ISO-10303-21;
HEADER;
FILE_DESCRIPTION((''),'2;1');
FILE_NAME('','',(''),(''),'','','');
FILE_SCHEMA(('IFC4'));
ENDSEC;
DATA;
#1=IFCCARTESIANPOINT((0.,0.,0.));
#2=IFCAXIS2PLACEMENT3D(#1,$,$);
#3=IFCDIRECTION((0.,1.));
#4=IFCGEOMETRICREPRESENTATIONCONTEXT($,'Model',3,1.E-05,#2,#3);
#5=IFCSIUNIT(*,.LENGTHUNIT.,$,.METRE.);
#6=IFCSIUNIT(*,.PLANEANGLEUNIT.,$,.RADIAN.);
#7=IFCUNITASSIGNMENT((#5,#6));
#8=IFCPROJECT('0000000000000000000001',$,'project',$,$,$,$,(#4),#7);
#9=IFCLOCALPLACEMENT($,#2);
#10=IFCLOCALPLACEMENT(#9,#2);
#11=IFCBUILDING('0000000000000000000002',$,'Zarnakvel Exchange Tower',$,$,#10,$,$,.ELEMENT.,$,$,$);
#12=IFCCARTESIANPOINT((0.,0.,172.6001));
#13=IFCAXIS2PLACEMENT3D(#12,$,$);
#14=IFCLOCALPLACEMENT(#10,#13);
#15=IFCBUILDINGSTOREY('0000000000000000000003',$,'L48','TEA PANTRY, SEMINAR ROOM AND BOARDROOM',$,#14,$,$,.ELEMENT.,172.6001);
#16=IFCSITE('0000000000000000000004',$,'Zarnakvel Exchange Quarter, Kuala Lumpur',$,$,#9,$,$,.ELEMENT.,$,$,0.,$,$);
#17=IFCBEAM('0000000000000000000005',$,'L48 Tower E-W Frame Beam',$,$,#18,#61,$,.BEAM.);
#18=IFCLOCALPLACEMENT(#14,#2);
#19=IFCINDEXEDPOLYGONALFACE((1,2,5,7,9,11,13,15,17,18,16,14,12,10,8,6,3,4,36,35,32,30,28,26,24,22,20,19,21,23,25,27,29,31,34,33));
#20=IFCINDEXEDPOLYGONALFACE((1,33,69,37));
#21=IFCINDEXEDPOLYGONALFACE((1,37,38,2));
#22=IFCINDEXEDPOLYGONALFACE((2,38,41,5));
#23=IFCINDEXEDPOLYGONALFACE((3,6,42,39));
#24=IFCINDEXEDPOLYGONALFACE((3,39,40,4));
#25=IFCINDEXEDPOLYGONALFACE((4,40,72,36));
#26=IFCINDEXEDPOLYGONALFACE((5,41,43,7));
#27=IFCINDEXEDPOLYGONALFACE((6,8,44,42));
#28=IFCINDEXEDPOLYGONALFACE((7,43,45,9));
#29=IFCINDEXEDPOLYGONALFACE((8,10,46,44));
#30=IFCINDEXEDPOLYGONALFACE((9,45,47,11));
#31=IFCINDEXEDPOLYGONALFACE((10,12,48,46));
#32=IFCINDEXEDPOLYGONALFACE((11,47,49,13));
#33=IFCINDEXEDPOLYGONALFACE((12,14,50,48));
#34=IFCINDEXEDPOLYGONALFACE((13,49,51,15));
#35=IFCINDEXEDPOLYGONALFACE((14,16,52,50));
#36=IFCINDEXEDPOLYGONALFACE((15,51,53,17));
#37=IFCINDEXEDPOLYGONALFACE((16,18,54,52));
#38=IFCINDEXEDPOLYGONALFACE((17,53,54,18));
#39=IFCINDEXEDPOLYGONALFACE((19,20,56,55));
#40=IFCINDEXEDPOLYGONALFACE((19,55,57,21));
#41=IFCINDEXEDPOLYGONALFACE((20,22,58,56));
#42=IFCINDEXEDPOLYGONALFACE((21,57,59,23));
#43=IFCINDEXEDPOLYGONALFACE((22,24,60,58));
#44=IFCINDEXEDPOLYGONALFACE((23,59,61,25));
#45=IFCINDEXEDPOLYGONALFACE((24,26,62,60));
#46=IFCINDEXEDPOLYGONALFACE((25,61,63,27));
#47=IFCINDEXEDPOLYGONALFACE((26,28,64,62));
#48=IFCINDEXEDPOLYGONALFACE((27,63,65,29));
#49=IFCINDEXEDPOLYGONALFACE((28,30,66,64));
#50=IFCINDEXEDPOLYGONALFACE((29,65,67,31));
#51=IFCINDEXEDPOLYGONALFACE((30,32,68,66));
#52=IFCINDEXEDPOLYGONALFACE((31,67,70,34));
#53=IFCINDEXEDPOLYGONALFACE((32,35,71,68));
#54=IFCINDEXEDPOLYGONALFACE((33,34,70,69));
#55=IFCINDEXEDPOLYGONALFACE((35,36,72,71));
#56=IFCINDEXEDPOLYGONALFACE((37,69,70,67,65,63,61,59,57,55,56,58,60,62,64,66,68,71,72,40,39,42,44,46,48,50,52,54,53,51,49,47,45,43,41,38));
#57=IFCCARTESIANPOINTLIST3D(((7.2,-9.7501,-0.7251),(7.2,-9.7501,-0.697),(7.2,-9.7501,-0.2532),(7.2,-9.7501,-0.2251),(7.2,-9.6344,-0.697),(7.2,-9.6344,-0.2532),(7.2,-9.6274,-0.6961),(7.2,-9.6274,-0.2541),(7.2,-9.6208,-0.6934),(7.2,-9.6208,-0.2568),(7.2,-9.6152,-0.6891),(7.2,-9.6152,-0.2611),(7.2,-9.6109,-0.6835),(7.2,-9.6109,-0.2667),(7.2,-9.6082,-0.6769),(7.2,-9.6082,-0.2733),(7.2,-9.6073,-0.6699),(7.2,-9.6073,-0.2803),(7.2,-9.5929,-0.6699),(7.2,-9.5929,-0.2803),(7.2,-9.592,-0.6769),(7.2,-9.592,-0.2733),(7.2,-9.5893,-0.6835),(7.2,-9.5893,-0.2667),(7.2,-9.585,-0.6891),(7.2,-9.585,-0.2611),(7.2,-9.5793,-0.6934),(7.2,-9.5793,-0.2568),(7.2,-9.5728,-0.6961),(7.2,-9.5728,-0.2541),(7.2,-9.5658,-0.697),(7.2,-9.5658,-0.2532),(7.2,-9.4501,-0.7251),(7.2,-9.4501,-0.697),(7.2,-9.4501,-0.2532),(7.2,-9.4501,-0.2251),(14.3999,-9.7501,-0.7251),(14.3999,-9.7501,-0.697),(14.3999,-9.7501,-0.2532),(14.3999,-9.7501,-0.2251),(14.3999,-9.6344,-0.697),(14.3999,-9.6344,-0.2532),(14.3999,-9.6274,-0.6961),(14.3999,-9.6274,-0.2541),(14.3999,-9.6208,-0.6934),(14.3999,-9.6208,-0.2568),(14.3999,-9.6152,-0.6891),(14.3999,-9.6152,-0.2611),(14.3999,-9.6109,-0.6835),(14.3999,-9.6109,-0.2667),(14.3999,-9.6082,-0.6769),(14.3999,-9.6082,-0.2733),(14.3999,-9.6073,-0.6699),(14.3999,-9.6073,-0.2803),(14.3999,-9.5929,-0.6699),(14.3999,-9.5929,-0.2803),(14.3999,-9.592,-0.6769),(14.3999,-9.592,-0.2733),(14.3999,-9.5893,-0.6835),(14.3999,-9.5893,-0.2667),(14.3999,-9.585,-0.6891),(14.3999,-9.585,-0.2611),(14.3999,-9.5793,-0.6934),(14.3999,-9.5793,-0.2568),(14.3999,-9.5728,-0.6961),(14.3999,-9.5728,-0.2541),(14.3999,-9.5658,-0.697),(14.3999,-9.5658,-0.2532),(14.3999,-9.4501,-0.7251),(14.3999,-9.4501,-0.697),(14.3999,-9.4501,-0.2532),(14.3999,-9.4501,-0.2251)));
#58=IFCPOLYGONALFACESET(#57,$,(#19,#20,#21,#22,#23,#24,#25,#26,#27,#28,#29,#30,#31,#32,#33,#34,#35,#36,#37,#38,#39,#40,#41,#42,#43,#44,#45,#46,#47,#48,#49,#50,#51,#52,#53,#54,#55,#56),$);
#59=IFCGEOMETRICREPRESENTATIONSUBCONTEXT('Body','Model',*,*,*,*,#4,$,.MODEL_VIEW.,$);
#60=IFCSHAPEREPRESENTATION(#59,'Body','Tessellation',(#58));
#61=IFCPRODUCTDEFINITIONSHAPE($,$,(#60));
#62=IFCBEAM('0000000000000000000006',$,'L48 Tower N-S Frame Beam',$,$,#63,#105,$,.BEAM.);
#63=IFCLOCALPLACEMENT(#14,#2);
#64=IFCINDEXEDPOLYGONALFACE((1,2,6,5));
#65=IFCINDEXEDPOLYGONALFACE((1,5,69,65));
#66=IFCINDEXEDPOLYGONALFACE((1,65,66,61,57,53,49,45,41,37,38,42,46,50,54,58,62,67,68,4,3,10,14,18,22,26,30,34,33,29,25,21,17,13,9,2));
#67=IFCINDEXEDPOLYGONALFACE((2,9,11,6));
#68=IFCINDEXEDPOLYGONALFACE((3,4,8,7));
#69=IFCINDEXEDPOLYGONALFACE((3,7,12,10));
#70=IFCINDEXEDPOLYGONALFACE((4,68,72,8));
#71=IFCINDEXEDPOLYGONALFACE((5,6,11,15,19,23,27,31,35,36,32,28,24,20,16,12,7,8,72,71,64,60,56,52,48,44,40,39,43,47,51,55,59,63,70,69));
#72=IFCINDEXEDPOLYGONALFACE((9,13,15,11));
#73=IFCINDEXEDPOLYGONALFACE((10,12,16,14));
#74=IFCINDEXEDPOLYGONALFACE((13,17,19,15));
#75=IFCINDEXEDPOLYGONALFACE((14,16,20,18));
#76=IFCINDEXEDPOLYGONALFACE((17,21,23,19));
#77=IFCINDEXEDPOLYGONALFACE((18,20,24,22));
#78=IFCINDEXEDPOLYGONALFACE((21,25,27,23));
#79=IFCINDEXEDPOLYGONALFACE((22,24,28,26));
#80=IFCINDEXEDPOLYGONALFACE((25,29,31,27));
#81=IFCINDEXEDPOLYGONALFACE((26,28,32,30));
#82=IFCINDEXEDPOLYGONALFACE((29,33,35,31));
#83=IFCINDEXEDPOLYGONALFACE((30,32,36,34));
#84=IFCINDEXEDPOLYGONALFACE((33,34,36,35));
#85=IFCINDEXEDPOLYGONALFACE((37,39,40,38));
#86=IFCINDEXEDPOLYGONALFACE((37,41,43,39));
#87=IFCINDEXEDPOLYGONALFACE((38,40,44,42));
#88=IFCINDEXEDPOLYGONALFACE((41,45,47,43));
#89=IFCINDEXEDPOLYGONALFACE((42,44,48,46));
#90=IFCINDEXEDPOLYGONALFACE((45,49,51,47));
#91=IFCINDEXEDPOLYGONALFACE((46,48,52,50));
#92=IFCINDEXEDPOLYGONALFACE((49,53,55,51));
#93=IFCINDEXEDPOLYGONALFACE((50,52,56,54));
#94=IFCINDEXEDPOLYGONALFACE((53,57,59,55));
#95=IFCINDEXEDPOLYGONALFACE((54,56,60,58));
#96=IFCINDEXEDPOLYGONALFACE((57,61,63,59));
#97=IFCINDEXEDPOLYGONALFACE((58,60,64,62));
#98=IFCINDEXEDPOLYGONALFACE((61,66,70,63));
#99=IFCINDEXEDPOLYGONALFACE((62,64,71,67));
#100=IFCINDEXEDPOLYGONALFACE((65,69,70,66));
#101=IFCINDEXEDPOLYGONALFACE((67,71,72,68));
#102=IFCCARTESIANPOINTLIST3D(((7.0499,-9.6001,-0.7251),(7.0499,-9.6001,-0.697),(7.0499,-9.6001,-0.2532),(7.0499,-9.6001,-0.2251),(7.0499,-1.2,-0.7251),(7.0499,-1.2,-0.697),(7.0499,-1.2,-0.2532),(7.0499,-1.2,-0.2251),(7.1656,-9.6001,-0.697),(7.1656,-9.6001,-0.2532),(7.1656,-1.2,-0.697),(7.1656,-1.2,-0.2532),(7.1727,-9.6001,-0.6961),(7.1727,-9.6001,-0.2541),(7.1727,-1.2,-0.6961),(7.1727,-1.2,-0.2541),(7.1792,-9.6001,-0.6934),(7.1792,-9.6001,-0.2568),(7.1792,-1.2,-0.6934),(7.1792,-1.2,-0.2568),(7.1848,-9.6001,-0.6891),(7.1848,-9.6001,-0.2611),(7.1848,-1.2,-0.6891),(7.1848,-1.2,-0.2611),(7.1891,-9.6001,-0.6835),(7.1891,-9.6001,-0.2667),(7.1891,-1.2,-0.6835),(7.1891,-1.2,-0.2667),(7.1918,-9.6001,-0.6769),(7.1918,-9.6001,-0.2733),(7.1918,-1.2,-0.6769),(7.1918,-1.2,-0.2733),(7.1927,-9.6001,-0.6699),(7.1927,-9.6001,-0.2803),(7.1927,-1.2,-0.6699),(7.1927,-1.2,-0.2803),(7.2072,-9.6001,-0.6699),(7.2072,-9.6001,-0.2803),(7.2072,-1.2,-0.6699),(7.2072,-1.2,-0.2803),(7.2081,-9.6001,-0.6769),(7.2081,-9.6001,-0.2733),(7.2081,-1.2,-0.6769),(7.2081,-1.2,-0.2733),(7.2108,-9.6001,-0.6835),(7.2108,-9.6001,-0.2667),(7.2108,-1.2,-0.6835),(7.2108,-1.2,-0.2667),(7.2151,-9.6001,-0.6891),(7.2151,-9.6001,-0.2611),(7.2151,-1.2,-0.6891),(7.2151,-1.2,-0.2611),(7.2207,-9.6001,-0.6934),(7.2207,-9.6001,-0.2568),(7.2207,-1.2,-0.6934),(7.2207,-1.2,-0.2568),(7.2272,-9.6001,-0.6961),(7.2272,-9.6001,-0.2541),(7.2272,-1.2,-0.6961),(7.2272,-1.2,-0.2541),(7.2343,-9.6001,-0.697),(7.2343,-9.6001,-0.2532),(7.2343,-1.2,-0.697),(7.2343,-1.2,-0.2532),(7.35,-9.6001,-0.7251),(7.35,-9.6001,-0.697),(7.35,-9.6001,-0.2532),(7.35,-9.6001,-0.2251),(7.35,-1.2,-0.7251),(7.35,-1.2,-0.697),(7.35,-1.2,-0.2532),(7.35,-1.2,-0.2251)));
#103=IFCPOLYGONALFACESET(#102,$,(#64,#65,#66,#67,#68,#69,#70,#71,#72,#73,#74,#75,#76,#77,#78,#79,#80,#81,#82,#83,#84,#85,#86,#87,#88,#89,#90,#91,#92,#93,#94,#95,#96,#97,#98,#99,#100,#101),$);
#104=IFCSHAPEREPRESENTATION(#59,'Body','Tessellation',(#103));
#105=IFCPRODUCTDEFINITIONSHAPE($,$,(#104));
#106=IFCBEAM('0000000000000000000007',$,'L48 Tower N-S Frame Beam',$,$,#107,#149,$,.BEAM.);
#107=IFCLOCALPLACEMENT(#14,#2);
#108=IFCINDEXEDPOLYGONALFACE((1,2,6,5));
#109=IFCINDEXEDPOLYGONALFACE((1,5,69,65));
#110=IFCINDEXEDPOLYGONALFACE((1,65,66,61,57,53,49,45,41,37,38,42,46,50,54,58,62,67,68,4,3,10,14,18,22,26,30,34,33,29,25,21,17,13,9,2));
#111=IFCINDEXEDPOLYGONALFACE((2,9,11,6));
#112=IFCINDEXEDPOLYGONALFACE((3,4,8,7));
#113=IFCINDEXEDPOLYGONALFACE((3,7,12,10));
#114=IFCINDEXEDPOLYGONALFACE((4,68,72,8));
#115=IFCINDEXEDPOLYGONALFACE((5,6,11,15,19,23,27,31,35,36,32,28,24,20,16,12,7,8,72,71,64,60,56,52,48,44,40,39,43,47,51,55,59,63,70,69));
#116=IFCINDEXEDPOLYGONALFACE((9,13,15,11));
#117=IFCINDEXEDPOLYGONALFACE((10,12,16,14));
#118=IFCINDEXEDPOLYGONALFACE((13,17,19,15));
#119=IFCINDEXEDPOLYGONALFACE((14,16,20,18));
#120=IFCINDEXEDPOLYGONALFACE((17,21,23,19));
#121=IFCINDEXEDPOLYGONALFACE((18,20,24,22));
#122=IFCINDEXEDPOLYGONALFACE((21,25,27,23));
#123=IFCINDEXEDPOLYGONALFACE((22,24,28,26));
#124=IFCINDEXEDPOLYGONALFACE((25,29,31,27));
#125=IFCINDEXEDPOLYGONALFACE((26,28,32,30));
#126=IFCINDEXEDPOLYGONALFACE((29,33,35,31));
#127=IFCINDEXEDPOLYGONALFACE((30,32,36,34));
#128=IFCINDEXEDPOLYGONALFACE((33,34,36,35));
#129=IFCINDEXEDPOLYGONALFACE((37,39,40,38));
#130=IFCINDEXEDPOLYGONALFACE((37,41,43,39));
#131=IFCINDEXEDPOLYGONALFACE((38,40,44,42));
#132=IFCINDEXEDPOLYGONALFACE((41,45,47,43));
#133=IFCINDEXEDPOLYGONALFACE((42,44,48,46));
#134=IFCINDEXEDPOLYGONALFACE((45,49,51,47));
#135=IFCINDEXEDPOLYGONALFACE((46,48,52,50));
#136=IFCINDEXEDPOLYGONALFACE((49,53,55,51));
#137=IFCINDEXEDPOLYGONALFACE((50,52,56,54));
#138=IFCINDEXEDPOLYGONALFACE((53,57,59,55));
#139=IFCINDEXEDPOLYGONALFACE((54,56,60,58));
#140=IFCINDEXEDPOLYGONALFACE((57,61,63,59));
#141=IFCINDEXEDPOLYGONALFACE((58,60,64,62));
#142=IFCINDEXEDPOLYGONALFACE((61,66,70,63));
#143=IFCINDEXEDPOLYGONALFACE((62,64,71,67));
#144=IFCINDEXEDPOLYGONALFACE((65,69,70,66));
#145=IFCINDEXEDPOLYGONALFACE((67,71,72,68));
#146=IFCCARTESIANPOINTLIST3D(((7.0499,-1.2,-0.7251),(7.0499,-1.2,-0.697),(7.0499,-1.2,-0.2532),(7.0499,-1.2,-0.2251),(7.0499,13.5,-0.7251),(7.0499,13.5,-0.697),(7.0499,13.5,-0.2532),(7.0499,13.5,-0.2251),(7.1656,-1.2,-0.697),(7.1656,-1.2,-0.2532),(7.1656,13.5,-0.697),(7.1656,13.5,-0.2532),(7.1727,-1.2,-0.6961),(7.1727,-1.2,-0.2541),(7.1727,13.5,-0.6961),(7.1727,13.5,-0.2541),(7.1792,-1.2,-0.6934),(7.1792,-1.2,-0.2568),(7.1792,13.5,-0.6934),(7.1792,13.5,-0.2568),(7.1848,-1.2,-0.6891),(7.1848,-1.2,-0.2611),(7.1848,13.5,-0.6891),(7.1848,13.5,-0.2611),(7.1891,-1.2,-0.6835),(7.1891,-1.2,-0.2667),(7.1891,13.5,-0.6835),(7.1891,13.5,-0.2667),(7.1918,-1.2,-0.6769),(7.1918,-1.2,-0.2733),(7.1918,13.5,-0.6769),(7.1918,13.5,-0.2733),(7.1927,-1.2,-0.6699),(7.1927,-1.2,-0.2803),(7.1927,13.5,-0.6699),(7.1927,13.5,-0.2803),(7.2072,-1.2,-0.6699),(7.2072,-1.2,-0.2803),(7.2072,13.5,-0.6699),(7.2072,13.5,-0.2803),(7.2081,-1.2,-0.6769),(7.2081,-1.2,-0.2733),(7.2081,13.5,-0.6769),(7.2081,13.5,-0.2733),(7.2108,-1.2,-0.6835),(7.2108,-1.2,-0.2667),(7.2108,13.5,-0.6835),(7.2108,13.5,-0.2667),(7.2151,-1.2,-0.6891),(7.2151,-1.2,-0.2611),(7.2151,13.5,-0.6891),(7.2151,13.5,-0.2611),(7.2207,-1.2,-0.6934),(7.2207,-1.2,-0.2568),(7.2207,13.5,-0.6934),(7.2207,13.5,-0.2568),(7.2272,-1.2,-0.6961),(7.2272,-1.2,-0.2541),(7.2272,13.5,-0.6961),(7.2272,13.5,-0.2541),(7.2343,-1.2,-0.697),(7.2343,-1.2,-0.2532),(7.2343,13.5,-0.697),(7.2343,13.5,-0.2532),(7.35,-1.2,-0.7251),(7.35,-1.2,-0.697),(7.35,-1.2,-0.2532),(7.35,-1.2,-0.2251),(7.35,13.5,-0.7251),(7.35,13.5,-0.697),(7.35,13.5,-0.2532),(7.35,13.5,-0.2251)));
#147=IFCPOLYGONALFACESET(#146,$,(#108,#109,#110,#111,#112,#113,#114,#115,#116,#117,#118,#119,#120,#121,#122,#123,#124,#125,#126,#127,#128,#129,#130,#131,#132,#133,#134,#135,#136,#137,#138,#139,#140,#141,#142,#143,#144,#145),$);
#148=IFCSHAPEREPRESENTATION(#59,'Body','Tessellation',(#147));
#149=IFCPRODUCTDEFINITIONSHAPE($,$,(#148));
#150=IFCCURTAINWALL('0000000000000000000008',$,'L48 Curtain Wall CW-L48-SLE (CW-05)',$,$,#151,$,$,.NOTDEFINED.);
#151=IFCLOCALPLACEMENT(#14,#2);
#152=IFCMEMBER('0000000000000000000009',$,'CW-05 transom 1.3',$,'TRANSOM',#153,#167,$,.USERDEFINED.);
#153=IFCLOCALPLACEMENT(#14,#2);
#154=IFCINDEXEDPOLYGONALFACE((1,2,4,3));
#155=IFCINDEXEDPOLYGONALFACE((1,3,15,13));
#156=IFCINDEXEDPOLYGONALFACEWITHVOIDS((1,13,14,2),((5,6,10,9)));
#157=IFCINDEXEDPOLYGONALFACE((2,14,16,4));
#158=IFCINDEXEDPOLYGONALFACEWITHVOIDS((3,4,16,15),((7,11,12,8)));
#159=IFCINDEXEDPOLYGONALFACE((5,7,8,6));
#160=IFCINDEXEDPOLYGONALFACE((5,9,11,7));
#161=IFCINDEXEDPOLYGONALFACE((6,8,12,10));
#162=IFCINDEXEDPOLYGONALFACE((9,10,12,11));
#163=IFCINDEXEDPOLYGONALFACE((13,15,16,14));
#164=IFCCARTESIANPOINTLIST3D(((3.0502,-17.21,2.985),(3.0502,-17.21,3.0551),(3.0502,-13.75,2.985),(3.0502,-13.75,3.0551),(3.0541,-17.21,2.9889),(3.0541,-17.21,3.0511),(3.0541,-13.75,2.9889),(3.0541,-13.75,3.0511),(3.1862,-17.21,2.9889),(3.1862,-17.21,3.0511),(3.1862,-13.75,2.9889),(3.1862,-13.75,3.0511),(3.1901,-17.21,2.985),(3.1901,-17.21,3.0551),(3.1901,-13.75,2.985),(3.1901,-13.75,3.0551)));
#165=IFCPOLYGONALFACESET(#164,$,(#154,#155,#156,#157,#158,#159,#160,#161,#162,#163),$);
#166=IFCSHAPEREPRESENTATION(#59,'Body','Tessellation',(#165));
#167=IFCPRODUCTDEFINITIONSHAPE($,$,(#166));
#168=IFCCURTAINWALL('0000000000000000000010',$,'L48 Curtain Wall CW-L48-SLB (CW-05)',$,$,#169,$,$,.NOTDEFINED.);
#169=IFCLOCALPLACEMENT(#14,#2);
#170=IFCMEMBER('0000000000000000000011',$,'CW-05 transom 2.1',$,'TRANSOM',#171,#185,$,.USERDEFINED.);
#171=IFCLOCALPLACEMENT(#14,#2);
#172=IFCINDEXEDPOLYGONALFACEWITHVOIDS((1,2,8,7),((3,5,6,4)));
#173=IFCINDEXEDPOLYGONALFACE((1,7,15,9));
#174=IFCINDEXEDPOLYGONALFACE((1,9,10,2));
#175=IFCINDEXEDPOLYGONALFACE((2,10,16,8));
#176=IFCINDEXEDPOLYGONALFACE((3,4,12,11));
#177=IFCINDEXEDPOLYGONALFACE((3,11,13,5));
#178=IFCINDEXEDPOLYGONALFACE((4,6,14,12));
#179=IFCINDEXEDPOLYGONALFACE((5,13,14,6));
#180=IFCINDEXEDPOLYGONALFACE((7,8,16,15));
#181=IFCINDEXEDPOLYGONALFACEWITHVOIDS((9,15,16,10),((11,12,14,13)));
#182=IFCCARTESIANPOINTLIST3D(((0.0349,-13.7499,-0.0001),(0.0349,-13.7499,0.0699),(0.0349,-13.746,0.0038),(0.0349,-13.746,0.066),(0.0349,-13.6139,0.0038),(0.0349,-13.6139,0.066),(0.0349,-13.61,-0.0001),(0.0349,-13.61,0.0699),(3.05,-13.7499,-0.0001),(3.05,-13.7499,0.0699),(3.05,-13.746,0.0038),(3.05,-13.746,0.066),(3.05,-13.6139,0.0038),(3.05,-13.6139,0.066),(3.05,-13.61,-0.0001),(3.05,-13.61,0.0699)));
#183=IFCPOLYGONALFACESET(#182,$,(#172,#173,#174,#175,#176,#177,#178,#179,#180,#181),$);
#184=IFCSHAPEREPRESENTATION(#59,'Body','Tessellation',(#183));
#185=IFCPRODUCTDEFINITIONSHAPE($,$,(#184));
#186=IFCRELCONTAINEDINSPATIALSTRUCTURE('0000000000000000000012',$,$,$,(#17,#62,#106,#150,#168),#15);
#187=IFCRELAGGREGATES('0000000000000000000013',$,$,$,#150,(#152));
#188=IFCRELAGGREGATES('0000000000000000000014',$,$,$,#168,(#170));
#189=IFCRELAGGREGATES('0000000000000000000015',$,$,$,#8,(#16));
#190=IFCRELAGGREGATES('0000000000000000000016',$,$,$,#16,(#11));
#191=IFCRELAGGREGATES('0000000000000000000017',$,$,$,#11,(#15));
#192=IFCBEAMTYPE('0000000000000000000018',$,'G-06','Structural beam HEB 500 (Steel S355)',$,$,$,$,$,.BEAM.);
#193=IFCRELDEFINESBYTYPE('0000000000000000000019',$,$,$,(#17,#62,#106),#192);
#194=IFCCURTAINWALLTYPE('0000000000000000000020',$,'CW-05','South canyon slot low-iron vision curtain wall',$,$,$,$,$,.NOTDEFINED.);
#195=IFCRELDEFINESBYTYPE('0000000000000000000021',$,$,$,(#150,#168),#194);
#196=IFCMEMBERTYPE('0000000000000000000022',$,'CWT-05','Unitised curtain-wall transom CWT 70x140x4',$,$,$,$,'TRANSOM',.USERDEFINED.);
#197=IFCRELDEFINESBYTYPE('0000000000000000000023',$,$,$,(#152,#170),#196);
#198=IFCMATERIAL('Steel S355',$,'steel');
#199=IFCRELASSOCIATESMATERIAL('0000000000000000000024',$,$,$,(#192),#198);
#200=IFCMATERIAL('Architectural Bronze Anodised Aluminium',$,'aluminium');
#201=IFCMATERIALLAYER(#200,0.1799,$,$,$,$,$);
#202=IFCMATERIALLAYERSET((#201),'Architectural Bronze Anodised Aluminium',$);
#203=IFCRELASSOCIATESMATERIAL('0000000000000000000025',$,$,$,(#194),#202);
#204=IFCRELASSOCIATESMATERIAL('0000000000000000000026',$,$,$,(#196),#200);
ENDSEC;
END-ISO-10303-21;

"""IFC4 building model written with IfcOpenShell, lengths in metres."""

from ifc_helpers import new_model, si_unit, direction, frame, origin, origin_2d, place, context, subcontext, project, spatial, hollow_rectangle, i_section, extrude, source, transform, mapped, material, layer, layer_set, material_profile, profile_set, type_object, element, aggregate, save


model = new_model("IFC4")

# Units and contexts
model_context = context("Model", 3, precision=1e-05, world=origin(), true_north=direction((0.0, 1.0)))
body_context = subcontext(model_context, "Body", "Model", "MODEL_VIEW")
ifc_project = project(units=[si_unit("LENGTHUNIT", "METRE"), si_unit("PLANEANGLEUNIT", "RADIAN")], contexts=[model_context])

# Site, building, storey
site_placement = place(None, origin())
site = spatial("IfcSite", under=ifc_project, at=site_placement, Name="Zarnakvel Exchange Quarter, Kuala Lumpur", CompositionType="ELEMENT", RefElevation=0.0)
building_placement = place(site_placement, origin())
building = spatial("IfcBuilding", under=site, at=building_placement, Name="Zarnakvel Exchange Tower", CompositionType="ELEMENT")
storey_placement = place(building_placement, frame((0.0, 0.0, 172.6001)))
storey = spatial("IfcBuildingStorey", under=building, at=storey_placement, Name="L48", Description="TEA PANTRY, SEMINAR ROOM AND BOARDROOM", CompositionType="ELEMENT", Elevation=172.6001)

# Beams
ifc_material_1 = material(Name="Steel S355", Category="steel")
ifc_material_profile_1 = material_profile(ifc_material_1, i_section(OverallWidth=0.3, OverallDepth=0.5, WebThickness=0.0144, FlangeThickness=0.0281, FilletRadius=0.0271, at=origin_2d()))
ifc_profile_set_1 = profile_set([ifc_material_profile_1], Name="Steel S355")
beam_type_1 = type_object("IfcBeamType", Name="G-06", Description="Structural beam HEB 500 (Steel S355)", PredefinedType="BEAM", material=ifc_profile_set_1)
beam_1_placement = place(storey_placement, frame((7.2, -9.6001, -0.4751), z_axis=(1.0, 0.0, 0.0), x_axis=(0.0, 1.0, 0.0)))
element("IfcBeam", 1, at=beam_1_placement, inside=storey, type_object=beam_type_1, Name="L48 Tower E-W Frame Beam", PredefinedType="BEAM", context=body_context, shape_type="SweptSolid", body=[
    extrude(i_section(OverallWidth=0.3, OverallDepth=0.5, WebThickness=0.0144, FlangeThickness=0.0281, FilletRadius=0.0271, at=origin_2d()), origin(), (0.0, 0.0, 1.0), 7.2),
])
beam_2_placement = place(storey_placement, frame((7.2, -9.6001, -0.4751), z_axis=(0.0, 1.0, 0.0), x_axis=(-1.0, 0.0, 0.0)))
element("IfcBeam", 2, at=beam_2_placement, inside=storey, type_object=beam_type_1, Name="L48 Tower N-S Frame Beam", PredefinedType="BEAM", context=body_context, shape_type="SweptSolid", body=[
    extrude(i_section(OverallWidth=0.3, OverallDepth=0.5, WebThickness=0.0144, FlangeThickness=0.0281, FilletRadius=0.0271, at=origin_2d()), origin(), (0.0, 0.0, 1.0), 8.4001),
])
beam_3_placement = place(storey_placement, frame((7.2, -1.2, -0.4751), z_axis=(0.0, 1.0, 0.0), x_axis=(-1.0, 0.0, 0.0)))
element("IfcBeam", 3, at=beam_3_placement, inside=storey, type_object=beam_type_1, Name="L48 Tower N-S Frame Beam", PredefinedType="BEAM", context=body_context, shape_type="SweptSolid", body=[
    extrude(i_section(OverallWidth=0.3, OverallDepth=0.5, WebThickness=0.0144, FlangeThickness=0.0281, FilletRadius=0.0271, at=origin_2d()), origin(), (0.0, 0.0, 1.0), 14.7),
])

# Curtain wall, member
ifc_material_2 = material(Name="Architectural Bronze Anodised Aluminium", Category="aluminium")
ifc_layer_1 = layer(ifc_material_2, 0.1799)
ifc_layer_set_1 = layer_set([ifc_layer_1], Name="Architectural Bronze Anodised Aluminium")
curtain_wall_type = type_object("IfcCurtainWallType", Name="CW-05", Description="South canyon slot low-iron vision curtain wall", PredefinedType="NOTDEFINED", material=ifc_layer_set_1)
curtain_wall_1_placement = place(storey_placement, origin())
curtain_wall_1 = element("IfcCurtainWall", 4, at=curtain_wall_1_placement, inside=storey, type_object=curtain_wall_type, Name="L48 Curtain Wall CW-L48-SLE (CW-05)", PredefinedType="NOTDEFINED")
ifc_material_profile_2 = material_profile(ifc_material_2, hollow_rectangle(XDim=0.1399, YDim=0.0701, WallThickness=0.0039, at=origin_2d()))
ifc_profile_set_2 = profile_set([ifc_material_profile_2], Name="Architectural Bronze Anodised Aluminium")
member_type_1 = type_object("IfcMemberType", Name="CWT-05", Description="Unitised curtain-wall transom CWT 70x140x4", ElementType="TRANSOM", PredefinedType="USERDEFINED", material=ifc_profile_set_2)
shared_shape_1 = source(origin(), body_context, "Body", "SweptSolid", [
    extrude(hollow_rectangle(XDim=0.1399, YDim=0.0701, WallThickness=0.0039, at=origin_2d()), origin(), (0.0, 0.0, 1.0), 3.46),
])
member_1_placement = place(storey_placement, frame((3.1201, -13.75, 3.02), z_axis=(0.0, -1.0, 0.0), x_axis=(1.0, 0.0, 0.0)))
member_1 = element("IfcMember", 5, at=member_1_placement, type_object=member_type_1, Name="CW-05 transom 1.3", ObjectType="TRANSOM", PredefinedType="USERDEFINED", context=body_context, shape_type="MappedRepresentation", body=[
    mapped(shared_shape_1, transform((0.0, 0.0, 0.0), x_axis=(1.0, 0.0, 0.0), y_axis=(0.0, 1.0, 0.0), z_axis=(0.0, 0.0, 1.0), scale=1.0)),
])

# Curtain wall, member
curtain_wall_2_placement = place(storey_placement, origin())
curtain_wall_2 = element("IfcCurtainWall", 6, at=curtain_wall_2_placement, inside=storey, type_object=curtain_wall_type, Name="L48 Curtain Wall CW-L48-SLB (CW-05)", PredefinedType="NOTDEFINED")
shared_shape_2 = source(origin(), body_context, "Body", "SweptSolid", [
    extrude(hollow_rectangle(XDim=0.1399, YDim=0.0701, WallThickness=0.0039, at=origin_2d()), origin(), (0.0, 0.0, 1.0), 3.0151),
])
member_2_placement = place(storey_placement, frame((0.0349, -13.6799, 0.0349), z_axis=(1.0, 0.0, 0.0), x_axis=(0.0, 1.0, 0.0)))
member_2 = element("IfcMember", 7, at=member_2_placement, type_object=member_type_1, Name="CW-05 transom 2.1", ObjectType="TRANSOM", PredefinedType="USERDEFINED", context=body_context, shape_type="MappedRepresentation", body=[
    mapped(shared_shape_2, transform((0.0, 0.0, 0.0), x_axis=(1.0, 0.0, 0.0), y_axis=(0.0, 1.0, 0.0), z_axis=(0.0, 0.0, 1.0), scale=1.0)),
])

aggregate(curtain_wall_1, [member_1])

aggregate(curtain_wall_2, [member_2])

save(model, "model.ifc")
